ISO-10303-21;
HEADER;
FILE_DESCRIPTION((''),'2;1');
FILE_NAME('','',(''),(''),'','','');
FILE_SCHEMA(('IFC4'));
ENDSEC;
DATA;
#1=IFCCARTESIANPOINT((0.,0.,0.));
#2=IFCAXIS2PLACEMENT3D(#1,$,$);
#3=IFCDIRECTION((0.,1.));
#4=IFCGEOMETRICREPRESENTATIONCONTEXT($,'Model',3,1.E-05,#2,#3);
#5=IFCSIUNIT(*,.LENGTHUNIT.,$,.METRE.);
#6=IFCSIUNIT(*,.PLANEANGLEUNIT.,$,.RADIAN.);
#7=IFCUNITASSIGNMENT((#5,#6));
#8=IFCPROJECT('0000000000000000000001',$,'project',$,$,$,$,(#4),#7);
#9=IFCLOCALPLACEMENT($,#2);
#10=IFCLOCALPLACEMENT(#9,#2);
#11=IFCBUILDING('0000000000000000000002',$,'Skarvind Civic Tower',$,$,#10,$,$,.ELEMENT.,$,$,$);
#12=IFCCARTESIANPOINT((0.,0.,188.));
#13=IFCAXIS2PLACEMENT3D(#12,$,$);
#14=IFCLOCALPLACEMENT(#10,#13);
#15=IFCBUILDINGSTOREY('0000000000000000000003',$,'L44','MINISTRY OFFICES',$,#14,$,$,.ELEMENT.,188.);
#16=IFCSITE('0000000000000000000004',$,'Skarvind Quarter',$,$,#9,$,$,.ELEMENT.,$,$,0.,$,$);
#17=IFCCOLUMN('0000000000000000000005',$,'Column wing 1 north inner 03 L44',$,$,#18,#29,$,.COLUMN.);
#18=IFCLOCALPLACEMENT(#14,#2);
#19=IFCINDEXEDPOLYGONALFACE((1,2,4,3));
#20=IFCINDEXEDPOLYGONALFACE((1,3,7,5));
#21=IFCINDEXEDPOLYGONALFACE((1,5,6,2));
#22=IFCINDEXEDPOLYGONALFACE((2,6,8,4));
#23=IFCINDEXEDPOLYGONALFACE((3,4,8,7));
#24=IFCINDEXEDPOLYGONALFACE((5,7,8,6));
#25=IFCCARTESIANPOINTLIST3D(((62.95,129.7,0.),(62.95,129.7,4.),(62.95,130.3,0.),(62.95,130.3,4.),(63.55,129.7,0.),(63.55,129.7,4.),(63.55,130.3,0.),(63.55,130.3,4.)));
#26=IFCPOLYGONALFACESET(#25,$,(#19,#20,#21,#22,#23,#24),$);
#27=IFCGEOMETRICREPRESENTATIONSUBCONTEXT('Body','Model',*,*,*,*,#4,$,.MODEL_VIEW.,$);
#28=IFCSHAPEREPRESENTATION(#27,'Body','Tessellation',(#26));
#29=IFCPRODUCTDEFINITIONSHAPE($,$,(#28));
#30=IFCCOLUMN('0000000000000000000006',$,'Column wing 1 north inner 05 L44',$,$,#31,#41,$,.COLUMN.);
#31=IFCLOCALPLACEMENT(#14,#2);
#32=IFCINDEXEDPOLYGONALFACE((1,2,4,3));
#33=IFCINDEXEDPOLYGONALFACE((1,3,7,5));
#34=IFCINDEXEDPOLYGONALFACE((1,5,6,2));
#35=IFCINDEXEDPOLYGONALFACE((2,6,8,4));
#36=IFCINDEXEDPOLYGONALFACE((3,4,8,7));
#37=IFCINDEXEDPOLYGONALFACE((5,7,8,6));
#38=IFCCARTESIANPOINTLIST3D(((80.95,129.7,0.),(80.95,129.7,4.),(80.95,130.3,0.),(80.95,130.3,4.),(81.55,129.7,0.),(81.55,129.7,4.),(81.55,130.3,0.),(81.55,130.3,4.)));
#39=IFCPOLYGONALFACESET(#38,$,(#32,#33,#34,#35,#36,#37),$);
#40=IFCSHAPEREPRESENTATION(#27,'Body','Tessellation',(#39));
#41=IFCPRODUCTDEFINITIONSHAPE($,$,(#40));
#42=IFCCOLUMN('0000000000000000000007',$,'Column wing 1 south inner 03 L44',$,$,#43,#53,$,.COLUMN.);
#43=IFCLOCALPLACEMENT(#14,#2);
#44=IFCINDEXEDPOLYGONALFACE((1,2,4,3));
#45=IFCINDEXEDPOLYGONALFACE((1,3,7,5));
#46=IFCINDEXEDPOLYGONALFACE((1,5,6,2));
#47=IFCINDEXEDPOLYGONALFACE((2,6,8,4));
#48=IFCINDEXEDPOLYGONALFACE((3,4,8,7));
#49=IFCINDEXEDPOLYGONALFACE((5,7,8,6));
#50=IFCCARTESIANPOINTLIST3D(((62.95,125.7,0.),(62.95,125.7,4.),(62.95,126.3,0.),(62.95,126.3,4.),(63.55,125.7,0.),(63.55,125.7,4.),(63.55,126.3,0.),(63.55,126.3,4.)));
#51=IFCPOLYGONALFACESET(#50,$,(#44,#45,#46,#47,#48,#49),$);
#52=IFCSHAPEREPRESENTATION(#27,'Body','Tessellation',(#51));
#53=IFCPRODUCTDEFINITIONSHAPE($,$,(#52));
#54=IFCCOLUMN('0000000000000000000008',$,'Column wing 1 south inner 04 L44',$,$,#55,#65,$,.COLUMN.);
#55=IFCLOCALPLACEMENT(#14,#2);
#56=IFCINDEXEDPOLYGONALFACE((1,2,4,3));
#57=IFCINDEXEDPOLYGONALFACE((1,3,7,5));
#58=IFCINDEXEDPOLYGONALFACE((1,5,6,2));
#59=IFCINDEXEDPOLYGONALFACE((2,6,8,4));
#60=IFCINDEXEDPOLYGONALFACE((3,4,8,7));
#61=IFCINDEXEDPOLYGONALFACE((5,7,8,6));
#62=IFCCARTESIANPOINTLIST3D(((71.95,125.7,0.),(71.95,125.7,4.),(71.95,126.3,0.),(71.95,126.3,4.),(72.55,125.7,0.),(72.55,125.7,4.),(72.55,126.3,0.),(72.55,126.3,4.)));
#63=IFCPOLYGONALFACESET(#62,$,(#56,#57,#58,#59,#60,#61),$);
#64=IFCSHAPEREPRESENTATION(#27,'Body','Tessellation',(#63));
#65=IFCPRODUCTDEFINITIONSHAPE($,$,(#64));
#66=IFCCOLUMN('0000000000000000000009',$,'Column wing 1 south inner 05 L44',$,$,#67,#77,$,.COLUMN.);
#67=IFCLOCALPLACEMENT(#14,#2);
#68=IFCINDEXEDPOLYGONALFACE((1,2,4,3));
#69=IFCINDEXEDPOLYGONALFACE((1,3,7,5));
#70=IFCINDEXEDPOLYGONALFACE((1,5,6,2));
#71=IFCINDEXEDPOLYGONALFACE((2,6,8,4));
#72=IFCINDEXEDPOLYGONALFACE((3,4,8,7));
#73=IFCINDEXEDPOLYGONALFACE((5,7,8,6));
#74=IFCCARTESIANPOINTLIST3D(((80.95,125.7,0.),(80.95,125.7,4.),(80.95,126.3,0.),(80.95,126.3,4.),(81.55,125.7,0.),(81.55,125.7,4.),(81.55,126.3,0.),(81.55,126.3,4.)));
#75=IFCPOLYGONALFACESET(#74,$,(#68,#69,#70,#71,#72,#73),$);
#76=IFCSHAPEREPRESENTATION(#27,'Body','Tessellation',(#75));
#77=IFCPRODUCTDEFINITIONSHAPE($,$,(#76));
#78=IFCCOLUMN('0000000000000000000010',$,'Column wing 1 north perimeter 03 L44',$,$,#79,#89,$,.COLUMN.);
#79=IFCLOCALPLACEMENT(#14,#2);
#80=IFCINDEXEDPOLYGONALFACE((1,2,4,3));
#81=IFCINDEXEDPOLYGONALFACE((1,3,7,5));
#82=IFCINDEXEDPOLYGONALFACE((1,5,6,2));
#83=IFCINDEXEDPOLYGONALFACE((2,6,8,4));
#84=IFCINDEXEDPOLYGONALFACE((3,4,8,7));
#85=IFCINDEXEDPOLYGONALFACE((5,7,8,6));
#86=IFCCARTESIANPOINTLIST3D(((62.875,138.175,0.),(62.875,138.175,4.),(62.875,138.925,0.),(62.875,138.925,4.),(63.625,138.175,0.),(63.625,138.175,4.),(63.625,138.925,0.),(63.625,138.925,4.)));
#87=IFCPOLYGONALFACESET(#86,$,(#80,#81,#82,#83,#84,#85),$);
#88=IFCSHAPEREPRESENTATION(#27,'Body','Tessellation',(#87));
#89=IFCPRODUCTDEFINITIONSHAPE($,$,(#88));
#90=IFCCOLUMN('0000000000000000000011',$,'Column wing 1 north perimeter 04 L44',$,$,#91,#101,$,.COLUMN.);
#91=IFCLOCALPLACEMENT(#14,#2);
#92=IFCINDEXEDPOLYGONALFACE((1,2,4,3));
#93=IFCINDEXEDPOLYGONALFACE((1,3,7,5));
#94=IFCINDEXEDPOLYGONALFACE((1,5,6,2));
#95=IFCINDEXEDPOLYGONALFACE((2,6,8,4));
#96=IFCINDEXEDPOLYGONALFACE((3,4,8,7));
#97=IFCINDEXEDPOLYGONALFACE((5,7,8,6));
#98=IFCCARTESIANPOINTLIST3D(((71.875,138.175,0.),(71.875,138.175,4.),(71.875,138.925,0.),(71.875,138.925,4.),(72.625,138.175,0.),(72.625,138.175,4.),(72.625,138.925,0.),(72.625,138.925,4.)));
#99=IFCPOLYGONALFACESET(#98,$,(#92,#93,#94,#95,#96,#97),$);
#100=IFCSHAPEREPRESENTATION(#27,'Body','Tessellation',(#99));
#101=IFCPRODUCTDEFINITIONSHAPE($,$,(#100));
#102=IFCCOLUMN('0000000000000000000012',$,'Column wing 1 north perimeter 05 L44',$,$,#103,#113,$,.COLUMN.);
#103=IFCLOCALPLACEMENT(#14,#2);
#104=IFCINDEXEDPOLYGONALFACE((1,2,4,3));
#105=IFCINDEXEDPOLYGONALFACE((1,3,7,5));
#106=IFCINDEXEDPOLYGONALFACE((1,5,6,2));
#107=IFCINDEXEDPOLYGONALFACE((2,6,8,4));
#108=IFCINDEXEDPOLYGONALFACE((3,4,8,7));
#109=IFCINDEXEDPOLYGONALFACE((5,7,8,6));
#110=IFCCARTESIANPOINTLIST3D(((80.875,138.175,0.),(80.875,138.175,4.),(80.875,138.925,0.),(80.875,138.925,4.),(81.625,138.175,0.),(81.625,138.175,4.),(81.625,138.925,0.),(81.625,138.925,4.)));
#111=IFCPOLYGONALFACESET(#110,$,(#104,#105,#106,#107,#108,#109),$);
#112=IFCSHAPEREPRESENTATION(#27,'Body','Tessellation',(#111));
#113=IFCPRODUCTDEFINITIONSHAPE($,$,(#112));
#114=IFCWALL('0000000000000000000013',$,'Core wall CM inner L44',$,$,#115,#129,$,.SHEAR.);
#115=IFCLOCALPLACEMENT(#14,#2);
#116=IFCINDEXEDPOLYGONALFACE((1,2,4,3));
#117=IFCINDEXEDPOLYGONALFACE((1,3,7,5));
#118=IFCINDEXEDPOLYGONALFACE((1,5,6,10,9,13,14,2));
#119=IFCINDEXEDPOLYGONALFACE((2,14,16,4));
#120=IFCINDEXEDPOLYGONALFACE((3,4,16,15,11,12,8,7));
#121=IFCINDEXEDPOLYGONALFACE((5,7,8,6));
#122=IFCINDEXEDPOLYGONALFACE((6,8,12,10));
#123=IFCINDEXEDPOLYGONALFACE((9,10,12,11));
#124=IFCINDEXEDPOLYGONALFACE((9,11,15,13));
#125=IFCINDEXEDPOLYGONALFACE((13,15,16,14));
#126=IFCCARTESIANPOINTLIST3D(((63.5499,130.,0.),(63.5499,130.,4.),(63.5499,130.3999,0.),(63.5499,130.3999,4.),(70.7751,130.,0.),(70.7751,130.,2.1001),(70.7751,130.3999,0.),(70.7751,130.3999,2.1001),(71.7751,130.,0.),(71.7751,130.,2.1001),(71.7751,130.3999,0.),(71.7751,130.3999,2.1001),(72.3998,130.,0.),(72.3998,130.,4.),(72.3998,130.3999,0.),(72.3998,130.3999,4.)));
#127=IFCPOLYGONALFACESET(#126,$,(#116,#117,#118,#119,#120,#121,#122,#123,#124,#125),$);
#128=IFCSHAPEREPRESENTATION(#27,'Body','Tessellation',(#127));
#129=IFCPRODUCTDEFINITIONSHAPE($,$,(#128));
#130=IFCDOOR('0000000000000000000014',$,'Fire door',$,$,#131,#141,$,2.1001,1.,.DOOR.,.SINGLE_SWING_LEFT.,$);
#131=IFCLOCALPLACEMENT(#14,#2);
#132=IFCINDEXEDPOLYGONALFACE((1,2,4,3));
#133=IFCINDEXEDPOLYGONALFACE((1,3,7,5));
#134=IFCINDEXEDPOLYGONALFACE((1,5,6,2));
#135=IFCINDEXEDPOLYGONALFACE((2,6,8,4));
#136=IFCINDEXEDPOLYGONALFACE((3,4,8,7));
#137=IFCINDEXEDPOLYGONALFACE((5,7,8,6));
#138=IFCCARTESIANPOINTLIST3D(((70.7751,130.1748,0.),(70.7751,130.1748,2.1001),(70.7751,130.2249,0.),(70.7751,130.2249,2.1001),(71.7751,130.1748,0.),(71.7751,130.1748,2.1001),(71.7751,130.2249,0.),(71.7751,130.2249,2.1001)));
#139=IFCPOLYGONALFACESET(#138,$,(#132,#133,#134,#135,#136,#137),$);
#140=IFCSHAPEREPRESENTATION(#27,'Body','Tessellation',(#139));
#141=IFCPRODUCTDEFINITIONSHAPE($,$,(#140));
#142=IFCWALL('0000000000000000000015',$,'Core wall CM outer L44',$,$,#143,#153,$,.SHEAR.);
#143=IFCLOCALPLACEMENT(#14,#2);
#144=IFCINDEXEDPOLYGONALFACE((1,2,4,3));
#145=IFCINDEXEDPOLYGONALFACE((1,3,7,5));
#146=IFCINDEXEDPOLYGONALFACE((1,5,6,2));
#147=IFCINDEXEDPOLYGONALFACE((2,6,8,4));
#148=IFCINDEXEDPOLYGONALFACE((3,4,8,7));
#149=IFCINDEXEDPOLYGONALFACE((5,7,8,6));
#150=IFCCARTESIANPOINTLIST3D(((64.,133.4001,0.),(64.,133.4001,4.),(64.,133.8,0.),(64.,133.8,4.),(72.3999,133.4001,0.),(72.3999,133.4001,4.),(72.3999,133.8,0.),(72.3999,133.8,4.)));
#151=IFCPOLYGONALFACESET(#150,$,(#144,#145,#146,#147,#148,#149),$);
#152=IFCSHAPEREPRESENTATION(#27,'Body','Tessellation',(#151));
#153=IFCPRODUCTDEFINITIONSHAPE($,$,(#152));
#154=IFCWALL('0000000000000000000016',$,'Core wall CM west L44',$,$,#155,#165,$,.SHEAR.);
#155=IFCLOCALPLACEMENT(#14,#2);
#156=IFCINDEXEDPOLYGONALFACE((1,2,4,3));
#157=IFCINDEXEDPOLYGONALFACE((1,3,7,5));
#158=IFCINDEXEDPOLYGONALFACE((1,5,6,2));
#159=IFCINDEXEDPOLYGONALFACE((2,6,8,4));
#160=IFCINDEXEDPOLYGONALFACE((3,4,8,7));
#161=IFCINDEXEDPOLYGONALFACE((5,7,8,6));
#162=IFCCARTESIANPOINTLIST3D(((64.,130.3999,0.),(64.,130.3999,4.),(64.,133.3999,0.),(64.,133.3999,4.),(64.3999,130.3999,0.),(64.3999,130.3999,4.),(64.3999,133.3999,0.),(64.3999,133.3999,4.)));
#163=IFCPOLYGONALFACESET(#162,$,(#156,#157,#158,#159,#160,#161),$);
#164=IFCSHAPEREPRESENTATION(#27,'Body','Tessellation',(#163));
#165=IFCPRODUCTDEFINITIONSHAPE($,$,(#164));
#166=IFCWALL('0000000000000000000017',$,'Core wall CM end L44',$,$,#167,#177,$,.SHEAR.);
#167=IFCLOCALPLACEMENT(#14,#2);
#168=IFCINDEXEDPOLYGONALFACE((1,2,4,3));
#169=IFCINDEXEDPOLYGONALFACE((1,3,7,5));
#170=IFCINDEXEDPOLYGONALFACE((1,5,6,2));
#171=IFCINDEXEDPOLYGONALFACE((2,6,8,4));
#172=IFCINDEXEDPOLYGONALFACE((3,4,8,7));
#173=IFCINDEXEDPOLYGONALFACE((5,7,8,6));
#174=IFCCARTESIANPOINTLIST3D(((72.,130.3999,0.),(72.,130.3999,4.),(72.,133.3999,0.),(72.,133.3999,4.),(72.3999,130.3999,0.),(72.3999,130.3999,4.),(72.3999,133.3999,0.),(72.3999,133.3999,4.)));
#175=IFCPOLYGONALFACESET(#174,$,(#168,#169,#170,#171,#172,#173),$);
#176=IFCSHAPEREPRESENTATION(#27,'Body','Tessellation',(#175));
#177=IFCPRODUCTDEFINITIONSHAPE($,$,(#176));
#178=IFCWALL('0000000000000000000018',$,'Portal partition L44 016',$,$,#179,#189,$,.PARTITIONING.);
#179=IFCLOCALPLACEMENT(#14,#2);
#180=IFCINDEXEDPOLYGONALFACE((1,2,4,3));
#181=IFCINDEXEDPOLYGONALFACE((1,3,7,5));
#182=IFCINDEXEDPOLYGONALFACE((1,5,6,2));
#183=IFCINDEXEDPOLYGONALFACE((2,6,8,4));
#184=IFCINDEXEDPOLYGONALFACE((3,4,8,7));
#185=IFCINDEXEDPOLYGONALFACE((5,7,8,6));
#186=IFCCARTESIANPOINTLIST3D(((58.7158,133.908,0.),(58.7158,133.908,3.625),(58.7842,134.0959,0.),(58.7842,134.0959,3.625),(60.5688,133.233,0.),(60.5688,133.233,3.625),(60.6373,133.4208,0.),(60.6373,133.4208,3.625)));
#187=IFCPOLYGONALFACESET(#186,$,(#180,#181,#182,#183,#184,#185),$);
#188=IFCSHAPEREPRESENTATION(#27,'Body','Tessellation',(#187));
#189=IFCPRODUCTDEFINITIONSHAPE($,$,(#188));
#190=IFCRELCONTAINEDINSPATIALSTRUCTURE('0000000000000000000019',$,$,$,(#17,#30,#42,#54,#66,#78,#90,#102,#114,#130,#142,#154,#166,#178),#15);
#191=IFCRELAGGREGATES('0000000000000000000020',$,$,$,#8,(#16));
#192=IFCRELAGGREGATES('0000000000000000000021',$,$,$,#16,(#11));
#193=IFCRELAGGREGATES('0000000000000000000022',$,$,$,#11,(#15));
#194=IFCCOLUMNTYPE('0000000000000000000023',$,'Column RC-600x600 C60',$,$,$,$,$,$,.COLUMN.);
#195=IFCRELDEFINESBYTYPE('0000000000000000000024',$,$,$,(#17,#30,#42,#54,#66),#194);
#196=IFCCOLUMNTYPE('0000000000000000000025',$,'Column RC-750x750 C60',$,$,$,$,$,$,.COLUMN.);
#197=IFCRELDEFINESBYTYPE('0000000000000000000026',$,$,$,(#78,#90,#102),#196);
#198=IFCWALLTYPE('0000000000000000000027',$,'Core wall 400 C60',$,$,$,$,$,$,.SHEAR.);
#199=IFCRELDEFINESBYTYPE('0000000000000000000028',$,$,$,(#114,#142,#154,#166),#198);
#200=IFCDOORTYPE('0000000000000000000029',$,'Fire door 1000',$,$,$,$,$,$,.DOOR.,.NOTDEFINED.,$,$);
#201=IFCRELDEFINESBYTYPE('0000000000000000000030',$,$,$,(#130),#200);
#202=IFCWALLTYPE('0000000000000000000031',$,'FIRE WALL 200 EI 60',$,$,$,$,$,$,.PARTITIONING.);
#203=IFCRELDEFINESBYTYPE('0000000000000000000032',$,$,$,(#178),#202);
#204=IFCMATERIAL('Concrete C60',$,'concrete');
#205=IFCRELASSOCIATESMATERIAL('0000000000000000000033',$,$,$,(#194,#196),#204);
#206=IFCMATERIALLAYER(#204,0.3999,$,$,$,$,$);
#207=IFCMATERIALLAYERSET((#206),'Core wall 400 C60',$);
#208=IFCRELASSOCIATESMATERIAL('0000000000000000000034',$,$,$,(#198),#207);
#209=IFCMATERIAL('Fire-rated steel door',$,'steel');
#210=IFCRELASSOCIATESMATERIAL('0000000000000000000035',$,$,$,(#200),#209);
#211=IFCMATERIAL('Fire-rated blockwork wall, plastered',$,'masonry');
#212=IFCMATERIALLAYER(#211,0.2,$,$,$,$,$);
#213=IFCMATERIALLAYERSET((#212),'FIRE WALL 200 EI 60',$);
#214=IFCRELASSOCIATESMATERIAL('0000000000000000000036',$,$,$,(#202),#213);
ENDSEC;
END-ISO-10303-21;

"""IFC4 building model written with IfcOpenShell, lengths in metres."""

from ifc_helpers import new_model, si_unit, direction, frame, frame_2d, origin, origin_2d, place, context, subcontext, project, spatial, rectangle, extrude, material, layer, layer_set, material_profile, profile_set, type_object, element, fill, save


model = new_model("IFC4")

# Units and contexts
model_context = context("Model", 3, precision=1e-05, world=origin(), true_north=direction((0.0, 1.0)))
body_context = subcontext(model_context, "Body", "Model", "MODEL_VIEW")
ifc_project = project(units=[si_unit("LENGTHUNIT", "METRE"), si_unit("PLANEANGLEUNIT", "RADIAN")], contexts=[model_context])

# Site, building, storey
site_placement = place(None, origin())
site = spatial("IfcSite", under=ifc_project, at=site_placement, Name="Skarvind Quarter", CompositionType="ELEMENT", RefElevation=0.0)
building_placement = place(site_placement, origin())
building = spatial("IfcBuilding", under=site, at=building_placement, Name="Skarvind Civic Tower", CompositionType="ELEMENT")
storey_placement = place(building_placement, frame((0.0, 0.0, 188.0)))
storey = spatial("IfcBuildingStorey", under=building, at=storey_placement, Name="L44", Description="MINISTRY OFFICES", CompositionType="ELEMENT", Elevation=188.0)

# Columns
ifc_material_1 = material(Name="Concrete C60", Category="concrete")
ifc_material_profile_1 = material_profile(ifc_material_1, rectangle(XDim=0.6001, YDim=0.6001, at=origin_2d()), Name="RC-600x600")
ifc_profile_set_1 = profile_set([ifc_material_profile_1], Name="Concrete C60")
column_type_1 = type_object("IfcColumnType", Name="Column RC-600x600 C60", PredefinedType="COLUMN", material=ifc_profile_set_1)
for number, where, z_axis, x_axis, name in (
    (1, (63.25, 130.0, 0.0), (0.0, 0.0, 1.0), (1.0, 0.0, 0.0), "Column wing 1 north inner 03 L44"),
    (2, (81.25, 130.0, 0.0), (0.0, 0.0, 1.0), (1.0, 0.0, 0.0), "Column wing 1 north inner 05 L44"),
    (3, (63.25, 126.0, 0.0), (0.0, 0.0, 1.0), (1.0, 0.0, 0.0), "Column wing 1 south inner 03 L44"),
    (4, (72.25, 126.0, 0.0), (0.0, 0.0, 1.0), (1.0, 0.0, 0.0), "Column wing 1 south inner 04 L44"),
    (5, (81.25, 126.0, 0.0), (0.0, 0.0, 1.0), (1.0, 0.0, 0.0), "Column wing 1 south inner 05 L44"),
):
    element("IfcColumn", number, at=place(storey_placement, frame(where, z_axis=z_axis, x_axis=x_axis)), inside=storey, type_object=column_type_1, Name=name, PredefinedType="COLUMN", context=body_context, shape_type="SweptSolid", body=[
        extrude(rectangle(XDim=0.6001, YDim=0.6001, at=origin_2d()), origin(), (0.0, 0.0, 1.0), 4.0),
    ])
ifc_material_profile_2 = material_profile(ifc_material_1, rectangle(XDim=0.75, YDim=0.75, at=origin_2d()), Name="RC-750x750")
ifc_profile_set_2 = profile_set([ifc_material_profile_2], Name="Concrete C60")
column_type_2 = type_object("IfcColumnType", Name="Column RC-750x750 C60", PredefinedType="COLUMN", material=ifc_profile_set_2)
for number, where, z_axis, x_axis, name in (
    (6, (63.25, 138.55, 0.0), (0.0, 0.0, 1.0), (1.0, 0.0, 0.0), "Column wing 1 north perimeter 03 L44"),
    (7, (72.25, 138.55, 0.0), (0.0, 0.0, 1.0), (1.0, 0.0, 0.0), "Column wing 1 north perimeter 04 L44"),
    (8, (81.25, 138.55, 0.0), (0.0, 0.0, 1.0), (1.0, 0.0, 0.0), "Column wing 1 north perimeter 05 L44"),
):
    element("IfcColumn", number, at=place(storey_placement, frame(where, z_axis=z_axis, x_axis=x_axis)), inside=storey, type_object=column_type_2, Name=name, PredefinedType="COLUMN", context=body_context, shape_type="SweptSolid", body=[
        extrude(rectangle(XDim=0.75, YDim=0.75, at=origin_2d()), origin(), (0.0, 0.0, 1.0), 4.0),
    ])

# Wall, opening, door
ifc_layer_1 = layer(ifc_material_1, 0.3999)
ifc_layer_set_1 = layer_set([ifc_layer_1], Name="Core wall 400 C60")
wall_type_1 = type_object("IfcWallType", Name="Core wall 400 C60", PredefinedType="SHEAR", material=ifc_layer_set_1)
wall_1_placement = place(storey_placement, frame((63.55, 130.2, 0.0), z_axis=(0.0, 0.0, 1.0), x_axis=(1.0, 0.0, 0.0)))
wall_1 = element("IfcWall", 9, at=wall_1_placement, inside=storey, type_object=wall_type_1, Name="Core wall CM inner L44", PredefinedType="SHEAR", context=body_context, shape_type="SweptSolid", body=[
    extrude(rectangle(XDim=8.8499, YDim=0.3999, at=frame_2d((4.4248, 0.0))), origin(), (0.0, 0.0, 1.0), 4.0),
])
opening_1_placement = place(wall_1_placement, frame((7.2251, 0.0, 0.0)))
opening_1 = element("IfcOpeningElement", 10, at=opening_1_placement, cuts=wall_1, PredefinedType="OPENING", context=body_context, shape_type="SweptSolid", body=[
    extrude(rectangle(XDim=1.0, YDim=2.1001, at=frame_2d((0.5, 1.05))), frame((0.0, 0.21, 0.0), z_axis=(0.0, -1.0, 0.0), x_axis=(1.0, 0.0, 0.0)), (0.0, 0.0, 1.0), 0.4199),
])
ifc_material_2 = material(Name="Fire-rated steel door", Category="steel")
door_type_1 = type_object("IfcDoorType", Name="Fire door 1000", OperationType="NOTDEFINED", PredefinedType="DOOR", material=ifc_material_2)
door_1_placement = place(opening_1_placement, origin())
door_1 = element("IfcDoor", 11, at=door_1_placement, inside=storey, type_object=door_type_1, Name="Fire door", OperationType="SINGLE_SWING_LEFT", OverallHeight=2.1001, OverallWidth=1.0, PredefinedType="DOOR", context=body_context, shape_type="SweptSolid", body=[
    extrude(rectangle(XDim=1.0, YDim=2.1001, at=frame_2d((0.5, 1.05))), frame((0.0, 0.0249, 0.0), z_axis=(0.0, -1.0, 0.0), x_axis=(1.0, 0.0, 0.0)), (0.0, 0.0, 1.0), 0.05),
])
fill(opening_1, door_1)

# Walls
wall_2_placement = place(storey_placement, frame((64.0, 133.6001, 0.0), z_axis=(0.0, 0.0, 1.0), x_axis=(1.0, 0.0, 0.0)))
element("IfcWall", 12, at=wall_2_placement, inside=storey, type_object=wall_type_1, Name="Core wall CM outer L44", PredefinedType="SHEAR", context=body_context, shape_type="SweptSolid", body=[
    extrude(rectangle(XDim=8.3999, YDim=0.3999, at=frame_2d((4.2, 0.0))), origin(), (0.0, 0.0, 1.0), 4.0),
])
for number, where, z_axis, x_axis, name in (
    (13, (64.2, 130.3999, 0.0), (0.0, 0.0, 1.0), (0.0, 1.0, 0.0), "Core wall CM west L44"),
    (14, (72.2, 130.3999, 0.0), (0.0, 0.0, 1.0), (0.0, 1.0, 0.0), "Core wall CM end L44"),
):
    element("IfcWall", number, at=place(storey_placement, frame(where, z_axis=z_axis, x_axis=x_axis)), inside=storey, type_object=wall_type_1, Name=name, PredefinedType="SHEAR", context=body_context, shape_type="SweptSolid", body=[
        extrude(rectangle(XDim=3.0, YDim=0.3999, at=frame_2d((1.5, 0.0))), origin(), (0.0, 0.0, 1.0), 4.0),
    ])
ifc_material_3 = material(Name="Fire-rated blockwork wall, plastered", Category="masonry")
ifc_layer_2 = layer(ifc_material_3, 0.2)
ifc_layer_set_2 = layer_set([ifc_layer_2], Name="FIRE WALL 200 EI 60")
wall_type_2 = type_object("IfcWallType", Name="FIRE WALL 200 EI 60", PredefinedType="PARTITIONING", material=ifc_layer_set_2)
wall_3_placement = place(storey_placement, frame((58.75, 134.002, 0.0), z_axis=(0.0, 0.0, 1.0), x_axis=(0.939594, -0.34229, 0.0)))
element("IfcWall", 15, at=wall_3_placement, inside=storey, type_object=wall_type_2, Name="Portal partition L44 016", PredefinedType="PARTITIONING", context=body_context, shape_type="SweptSolid", body=[
    extrude(rectangle(XDim=1.9722, YDim=0.2, at=frame_2d((0.9861, 0.0))), origin(), (0.0, 0.0, 1.0), 3.625),
])

save(model, "model.ifc")
